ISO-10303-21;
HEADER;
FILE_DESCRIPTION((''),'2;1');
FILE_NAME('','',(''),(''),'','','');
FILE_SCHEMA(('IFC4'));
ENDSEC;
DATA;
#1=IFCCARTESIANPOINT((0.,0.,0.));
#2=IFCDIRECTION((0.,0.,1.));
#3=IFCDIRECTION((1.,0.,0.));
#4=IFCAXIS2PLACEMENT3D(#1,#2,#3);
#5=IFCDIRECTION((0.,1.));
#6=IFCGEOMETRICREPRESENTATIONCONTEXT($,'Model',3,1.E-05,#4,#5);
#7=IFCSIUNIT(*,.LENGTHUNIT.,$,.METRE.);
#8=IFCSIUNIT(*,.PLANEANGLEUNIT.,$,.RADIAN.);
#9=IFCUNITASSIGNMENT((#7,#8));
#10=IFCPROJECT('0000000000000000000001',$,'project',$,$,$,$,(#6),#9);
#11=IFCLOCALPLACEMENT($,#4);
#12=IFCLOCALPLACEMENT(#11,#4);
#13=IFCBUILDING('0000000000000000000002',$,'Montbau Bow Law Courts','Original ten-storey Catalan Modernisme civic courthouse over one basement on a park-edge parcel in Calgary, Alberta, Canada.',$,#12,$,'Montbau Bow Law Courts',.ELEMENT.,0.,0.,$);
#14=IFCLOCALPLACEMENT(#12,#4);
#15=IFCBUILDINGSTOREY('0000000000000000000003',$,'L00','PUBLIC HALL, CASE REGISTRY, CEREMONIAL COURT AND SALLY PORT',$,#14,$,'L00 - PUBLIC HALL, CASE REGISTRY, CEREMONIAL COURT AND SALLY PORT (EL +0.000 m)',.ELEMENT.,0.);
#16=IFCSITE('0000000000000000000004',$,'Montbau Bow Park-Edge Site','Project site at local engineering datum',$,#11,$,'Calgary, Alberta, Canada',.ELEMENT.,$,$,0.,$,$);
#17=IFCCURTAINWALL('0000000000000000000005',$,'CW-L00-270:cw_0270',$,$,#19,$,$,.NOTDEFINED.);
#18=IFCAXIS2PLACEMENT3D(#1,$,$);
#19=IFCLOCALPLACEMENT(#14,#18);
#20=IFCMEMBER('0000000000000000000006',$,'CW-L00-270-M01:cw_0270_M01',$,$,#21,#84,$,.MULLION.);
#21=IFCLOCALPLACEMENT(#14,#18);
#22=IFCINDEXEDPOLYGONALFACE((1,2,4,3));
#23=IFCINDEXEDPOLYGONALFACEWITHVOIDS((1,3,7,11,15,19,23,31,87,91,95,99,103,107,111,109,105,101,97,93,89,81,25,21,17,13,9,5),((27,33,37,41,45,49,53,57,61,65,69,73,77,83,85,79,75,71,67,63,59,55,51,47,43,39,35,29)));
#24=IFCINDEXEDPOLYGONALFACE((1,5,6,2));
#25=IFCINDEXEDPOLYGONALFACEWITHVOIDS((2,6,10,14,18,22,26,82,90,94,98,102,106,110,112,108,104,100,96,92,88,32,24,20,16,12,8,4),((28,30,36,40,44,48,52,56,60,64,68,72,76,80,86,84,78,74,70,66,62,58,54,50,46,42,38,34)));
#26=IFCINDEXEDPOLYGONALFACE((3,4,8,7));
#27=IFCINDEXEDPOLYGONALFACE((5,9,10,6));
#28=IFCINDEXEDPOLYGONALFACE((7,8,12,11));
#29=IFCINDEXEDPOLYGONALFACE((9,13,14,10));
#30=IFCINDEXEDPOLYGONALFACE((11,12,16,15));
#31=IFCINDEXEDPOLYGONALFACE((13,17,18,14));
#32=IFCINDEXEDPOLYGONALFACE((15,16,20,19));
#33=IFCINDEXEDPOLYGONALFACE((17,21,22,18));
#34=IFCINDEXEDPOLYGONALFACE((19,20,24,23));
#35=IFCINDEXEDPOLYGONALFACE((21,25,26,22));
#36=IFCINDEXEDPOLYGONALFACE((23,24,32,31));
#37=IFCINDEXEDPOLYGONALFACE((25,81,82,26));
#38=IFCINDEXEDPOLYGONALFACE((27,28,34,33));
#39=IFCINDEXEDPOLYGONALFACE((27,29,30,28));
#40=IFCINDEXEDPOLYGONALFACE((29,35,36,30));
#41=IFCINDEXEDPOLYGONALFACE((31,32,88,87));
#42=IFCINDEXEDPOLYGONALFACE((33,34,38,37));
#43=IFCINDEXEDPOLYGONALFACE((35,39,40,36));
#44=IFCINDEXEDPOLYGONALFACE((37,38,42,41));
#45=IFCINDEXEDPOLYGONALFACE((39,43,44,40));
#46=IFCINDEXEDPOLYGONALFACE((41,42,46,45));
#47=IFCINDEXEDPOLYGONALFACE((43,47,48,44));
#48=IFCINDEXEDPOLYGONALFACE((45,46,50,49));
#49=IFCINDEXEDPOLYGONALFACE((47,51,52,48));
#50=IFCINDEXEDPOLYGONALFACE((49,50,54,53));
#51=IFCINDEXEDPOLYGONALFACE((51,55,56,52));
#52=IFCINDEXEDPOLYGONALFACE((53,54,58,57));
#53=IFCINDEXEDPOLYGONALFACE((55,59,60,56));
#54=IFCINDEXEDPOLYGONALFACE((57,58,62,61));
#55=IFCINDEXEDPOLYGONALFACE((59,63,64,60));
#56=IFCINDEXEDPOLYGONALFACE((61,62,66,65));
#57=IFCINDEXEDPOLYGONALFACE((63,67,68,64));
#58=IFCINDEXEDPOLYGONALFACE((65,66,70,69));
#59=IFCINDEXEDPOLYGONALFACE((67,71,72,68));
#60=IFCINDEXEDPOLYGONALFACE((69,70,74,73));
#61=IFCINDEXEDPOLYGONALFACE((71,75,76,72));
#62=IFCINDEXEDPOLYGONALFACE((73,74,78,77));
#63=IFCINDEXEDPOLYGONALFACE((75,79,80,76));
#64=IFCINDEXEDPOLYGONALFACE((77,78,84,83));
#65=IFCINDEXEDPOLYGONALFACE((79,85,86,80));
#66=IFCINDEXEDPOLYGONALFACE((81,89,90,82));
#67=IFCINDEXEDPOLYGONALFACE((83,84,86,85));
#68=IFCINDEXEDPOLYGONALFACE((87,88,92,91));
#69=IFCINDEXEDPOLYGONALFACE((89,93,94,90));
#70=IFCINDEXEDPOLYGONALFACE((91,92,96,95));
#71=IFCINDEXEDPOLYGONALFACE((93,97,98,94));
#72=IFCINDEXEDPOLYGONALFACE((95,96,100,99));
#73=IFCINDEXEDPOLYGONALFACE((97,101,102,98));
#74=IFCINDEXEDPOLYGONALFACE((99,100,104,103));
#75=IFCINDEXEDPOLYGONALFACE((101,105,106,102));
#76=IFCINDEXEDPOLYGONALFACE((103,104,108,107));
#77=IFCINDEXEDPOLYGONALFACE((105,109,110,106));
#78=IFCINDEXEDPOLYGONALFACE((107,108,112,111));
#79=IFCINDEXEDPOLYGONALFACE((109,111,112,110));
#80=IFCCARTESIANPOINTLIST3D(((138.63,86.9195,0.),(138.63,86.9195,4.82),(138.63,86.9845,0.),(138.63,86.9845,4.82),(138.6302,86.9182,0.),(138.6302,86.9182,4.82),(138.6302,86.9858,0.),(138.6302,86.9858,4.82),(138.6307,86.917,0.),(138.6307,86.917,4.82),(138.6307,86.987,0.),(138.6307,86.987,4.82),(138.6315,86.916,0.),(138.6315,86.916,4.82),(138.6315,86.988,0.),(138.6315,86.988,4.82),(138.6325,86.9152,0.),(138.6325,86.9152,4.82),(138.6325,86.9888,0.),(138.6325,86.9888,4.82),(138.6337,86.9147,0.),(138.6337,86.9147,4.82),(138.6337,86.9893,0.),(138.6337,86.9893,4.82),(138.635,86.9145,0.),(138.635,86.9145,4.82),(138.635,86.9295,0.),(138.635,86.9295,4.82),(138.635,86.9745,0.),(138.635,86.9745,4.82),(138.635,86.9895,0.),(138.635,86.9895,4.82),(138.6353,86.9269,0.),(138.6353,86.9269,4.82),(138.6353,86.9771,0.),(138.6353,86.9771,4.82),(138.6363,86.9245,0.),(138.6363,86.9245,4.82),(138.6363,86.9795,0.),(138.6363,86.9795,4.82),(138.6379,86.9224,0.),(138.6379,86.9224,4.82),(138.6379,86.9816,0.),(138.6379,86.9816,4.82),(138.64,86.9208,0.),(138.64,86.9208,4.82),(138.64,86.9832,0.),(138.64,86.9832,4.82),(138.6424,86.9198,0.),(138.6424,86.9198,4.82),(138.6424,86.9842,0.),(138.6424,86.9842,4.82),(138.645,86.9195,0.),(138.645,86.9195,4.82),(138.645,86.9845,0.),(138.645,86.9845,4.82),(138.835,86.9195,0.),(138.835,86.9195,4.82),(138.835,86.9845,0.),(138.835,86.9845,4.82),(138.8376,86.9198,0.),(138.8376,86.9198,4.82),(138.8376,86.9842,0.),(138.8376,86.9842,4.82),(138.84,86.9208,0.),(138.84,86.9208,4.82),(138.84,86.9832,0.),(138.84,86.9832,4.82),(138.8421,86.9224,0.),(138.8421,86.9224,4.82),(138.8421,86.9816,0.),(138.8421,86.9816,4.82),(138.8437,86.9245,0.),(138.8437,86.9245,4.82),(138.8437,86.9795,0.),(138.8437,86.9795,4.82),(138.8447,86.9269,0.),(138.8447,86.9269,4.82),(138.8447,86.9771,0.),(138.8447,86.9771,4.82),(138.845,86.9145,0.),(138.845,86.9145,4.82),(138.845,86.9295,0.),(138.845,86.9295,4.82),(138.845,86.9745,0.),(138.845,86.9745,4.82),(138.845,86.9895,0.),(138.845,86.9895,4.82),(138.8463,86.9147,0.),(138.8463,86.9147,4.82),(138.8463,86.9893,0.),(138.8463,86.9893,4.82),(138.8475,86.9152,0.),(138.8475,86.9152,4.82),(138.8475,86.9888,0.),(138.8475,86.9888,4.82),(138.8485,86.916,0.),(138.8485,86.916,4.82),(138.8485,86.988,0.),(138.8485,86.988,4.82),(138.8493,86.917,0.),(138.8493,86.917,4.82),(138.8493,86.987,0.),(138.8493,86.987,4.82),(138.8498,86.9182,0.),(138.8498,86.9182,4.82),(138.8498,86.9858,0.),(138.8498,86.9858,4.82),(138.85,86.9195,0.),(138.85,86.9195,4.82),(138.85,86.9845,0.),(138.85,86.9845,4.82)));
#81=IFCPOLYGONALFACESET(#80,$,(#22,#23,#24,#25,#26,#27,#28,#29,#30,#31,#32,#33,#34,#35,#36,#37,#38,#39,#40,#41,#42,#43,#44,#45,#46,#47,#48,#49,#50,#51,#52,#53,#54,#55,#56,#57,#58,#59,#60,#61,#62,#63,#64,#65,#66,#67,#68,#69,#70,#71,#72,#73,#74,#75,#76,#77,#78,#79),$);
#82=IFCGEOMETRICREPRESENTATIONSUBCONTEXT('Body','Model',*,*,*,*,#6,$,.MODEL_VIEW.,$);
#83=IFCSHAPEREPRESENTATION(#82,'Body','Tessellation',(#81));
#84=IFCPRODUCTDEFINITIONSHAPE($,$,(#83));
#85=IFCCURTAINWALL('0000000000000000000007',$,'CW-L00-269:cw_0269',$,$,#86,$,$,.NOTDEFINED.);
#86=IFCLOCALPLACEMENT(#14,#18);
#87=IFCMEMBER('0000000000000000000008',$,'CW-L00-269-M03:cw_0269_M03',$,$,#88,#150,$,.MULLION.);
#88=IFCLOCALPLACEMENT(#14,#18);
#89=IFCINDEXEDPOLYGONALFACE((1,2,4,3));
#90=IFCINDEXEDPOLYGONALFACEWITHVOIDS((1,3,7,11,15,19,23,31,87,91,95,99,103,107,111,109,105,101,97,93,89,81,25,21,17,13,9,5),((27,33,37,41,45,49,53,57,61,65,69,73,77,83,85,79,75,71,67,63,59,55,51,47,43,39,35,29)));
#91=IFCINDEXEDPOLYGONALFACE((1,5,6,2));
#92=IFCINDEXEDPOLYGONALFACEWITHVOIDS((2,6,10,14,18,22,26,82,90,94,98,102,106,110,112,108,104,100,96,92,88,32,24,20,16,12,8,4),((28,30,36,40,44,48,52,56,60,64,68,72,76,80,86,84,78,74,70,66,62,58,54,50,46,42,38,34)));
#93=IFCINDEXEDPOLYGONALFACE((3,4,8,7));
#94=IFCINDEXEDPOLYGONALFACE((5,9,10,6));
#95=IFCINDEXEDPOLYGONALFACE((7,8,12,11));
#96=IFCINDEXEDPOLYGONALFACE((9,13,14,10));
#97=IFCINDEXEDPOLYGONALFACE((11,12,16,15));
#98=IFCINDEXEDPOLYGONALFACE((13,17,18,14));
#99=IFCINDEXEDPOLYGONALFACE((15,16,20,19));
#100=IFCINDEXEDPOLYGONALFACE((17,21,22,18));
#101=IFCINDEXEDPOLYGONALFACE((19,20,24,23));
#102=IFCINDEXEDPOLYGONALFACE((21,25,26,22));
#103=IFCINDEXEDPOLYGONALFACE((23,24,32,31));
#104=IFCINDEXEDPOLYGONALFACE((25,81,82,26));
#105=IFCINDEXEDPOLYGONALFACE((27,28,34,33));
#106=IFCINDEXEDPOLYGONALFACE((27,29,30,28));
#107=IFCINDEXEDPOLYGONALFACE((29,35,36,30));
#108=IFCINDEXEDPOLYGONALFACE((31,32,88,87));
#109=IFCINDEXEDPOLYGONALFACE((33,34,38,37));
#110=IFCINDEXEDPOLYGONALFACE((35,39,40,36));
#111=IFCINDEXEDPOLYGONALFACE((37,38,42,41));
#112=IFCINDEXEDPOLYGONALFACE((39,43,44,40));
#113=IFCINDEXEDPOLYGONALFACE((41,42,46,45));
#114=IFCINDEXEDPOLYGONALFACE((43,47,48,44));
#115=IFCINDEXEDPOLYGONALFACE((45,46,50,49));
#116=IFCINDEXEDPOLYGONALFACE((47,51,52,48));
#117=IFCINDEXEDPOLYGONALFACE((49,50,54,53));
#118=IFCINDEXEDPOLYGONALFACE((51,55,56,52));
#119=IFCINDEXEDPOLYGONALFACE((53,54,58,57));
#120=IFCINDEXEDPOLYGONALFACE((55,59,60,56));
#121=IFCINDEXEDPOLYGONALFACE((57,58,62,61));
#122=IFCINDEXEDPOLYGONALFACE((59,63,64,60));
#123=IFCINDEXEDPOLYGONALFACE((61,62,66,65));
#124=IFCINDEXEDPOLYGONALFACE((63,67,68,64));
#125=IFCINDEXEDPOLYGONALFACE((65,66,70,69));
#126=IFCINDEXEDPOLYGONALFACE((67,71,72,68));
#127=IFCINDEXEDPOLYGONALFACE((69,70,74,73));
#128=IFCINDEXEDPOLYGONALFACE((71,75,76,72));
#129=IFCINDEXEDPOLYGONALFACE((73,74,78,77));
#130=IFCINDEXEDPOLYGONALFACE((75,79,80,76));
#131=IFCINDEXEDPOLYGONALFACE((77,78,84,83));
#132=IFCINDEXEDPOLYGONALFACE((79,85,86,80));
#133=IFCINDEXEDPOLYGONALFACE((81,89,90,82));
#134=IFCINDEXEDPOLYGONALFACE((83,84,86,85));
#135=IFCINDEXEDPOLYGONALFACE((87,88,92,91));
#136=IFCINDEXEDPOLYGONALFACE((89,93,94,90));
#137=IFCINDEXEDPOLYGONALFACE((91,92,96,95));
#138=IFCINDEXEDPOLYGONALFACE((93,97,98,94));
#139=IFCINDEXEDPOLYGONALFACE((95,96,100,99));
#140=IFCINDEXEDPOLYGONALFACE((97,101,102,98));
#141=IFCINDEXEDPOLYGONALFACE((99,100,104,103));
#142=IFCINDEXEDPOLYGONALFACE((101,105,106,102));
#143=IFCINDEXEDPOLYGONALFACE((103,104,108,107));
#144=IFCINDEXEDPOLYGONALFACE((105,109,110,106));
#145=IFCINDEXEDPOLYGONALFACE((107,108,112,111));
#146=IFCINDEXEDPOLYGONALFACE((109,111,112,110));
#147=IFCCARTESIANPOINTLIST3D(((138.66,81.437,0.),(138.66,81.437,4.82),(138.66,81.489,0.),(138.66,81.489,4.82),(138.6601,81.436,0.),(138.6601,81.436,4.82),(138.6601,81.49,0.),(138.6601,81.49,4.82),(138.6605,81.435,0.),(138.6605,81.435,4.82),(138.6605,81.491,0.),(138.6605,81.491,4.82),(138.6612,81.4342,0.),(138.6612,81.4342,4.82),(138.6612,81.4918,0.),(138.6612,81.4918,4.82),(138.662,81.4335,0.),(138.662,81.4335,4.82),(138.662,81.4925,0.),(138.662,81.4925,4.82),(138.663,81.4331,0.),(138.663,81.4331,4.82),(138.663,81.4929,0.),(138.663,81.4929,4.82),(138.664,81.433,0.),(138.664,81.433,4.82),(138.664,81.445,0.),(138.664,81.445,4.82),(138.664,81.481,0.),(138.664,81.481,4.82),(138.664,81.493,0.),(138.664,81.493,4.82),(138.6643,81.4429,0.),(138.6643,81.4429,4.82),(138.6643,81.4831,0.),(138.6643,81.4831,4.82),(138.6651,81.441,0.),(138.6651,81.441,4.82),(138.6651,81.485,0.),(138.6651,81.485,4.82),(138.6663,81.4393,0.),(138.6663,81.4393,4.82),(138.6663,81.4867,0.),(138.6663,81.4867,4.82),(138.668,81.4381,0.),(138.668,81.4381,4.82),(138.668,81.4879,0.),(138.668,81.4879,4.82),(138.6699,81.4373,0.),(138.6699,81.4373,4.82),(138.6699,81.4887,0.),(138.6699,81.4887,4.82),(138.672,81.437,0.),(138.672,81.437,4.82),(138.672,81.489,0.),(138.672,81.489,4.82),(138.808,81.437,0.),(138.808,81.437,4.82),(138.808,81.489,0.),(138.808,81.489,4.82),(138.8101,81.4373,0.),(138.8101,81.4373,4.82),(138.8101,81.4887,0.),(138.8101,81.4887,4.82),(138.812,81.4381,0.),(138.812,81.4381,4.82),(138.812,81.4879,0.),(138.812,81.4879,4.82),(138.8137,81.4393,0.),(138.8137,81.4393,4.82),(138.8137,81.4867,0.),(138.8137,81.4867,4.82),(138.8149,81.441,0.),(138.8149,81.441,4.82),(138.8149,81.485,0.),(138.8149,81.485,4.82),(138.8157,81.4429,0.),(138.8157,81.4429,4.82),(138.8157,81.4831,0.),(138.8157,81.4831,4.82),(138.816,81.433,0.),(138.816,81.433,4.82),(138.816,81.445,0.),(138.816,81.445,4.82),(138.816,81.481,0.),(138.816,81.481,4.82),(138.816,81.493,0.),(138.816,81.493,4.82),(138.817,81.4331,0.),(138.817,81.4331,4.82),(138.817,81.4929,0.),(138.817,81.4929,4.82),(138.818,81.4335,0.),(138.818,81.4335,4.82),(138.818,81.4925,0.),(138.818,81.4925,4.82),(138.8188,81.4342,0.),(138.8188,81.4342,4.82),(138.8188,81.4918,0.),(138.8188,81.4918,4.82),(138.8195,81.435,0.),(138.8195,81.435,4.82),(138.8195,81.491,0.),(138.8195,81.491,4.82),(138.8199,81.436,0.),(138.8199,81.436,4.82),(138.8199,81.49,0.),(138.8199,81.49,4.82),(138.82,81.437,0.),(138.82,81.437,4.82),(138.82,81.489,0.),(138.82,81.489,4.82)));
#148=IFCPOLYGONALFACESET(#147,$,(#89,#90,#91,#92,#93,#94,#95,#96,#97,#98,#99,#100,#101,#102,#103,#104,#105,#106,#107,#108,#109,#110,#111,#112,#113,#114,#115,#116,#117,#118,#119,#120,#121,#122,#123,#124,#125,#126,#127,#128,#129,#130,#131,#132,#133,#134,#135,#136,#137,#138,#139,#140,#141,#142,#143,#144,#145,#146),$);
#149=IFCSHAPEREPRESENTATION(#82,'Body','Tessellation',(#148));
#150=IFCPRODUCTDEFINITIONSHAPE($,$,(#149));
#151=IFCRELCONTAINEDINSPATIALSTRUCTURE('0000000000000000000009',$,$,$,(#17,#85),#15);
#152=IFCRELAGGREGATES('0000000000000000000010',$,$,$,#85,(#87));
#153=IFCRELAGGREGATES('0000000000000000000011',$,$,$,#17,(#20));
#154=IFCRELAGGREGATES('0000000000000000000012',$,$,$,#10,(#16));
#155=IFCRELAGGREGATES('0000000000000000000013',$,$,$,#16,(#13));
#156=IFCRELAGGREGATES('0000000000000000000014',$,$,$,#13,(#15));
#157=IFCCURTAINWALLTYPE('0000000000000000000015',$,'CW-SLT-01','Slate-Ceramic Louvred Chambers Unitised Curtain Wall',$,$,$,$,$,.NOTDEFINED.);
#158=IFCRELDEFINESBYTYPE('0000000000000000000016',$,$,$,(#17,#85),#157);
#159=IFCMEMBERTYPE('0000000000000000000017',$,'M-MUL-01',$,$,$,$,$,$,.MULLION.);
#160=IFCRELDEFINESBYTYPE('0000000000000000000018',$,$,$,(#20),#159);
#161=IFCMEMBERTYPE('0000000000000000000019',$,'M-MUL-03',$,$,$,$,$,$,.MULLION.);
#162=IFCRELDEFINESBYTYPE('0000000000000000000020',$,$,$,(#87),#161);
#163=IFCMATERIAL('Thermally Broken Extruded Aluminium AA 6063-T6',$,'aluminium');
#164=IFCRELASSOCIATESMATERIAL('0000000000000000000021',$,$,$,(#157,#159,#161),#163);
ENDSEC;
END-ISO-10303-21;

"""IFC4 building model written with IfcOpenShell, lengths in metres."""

from ifc_helpers import new_model, si_unit, direction, frame, origin_with_axes, origin_2d_with_axis, place, context, subcontext, project, spatial, hollow_rectangle, extrude, material, material_profile, profile_set, type_object, element, aggregate, save


model = new_model("IFC4")

# Units and contexts
model_context = context("Model", 3, precision=1e-05, world=origin_with_axes(), true_north=direction((0.0, 1.0)))
body_context = subcontext(model_context, "Body", "Model", "MODEL_VIEW")
ifc_project = project(units=[si_unit("LENGTHUNIT", "METRE"), si_unit("PLANEANGLEUNIT", "RADIAN")], contexts=[model_context])

# Site, building, storey
site_placement = place(None, origin_with_axes())
site = spatial("IfcSite", under=ifc_project, at=site_placement, Name="Montbau Bow Park-Edge Site", Description="Project site at local engineering datum", LongName="Calgary, Alberta, Canada", CompositionType="ELEMENT", RefElevation=0.0)
building_placement = place(site_placement, origin_with_axes())
building = spatial("IfcBuilding", under=site, at=building_placement, Name="Montbau Bow Law Courts", Description="Original ten-storey Catalan Modernisme civic courthouse over one basement on a park-edge parcel in Calgary, Alberta, Canada.", LongName="Montbau Bow Law Courts", CompositionType="ELEMENT", ElevationOfRefHeight=0.0, ElevationOfTerrain=0.0)
storey_placement = place(building_placement, origin_with_axes())
storey = spatial("IfcBuildingStorey", under=building, at=storey_placement, Name="L00", Description="PUBLIC HALL, CASE REGISTRY, CEREMONIAL COURT AND SALLY PORT", LongName="L00 - PUBLIC HALL, CASE REGISTRY, CEREMONIAL COURT AND SALLY PORT (EL +0.000 m)", CompositionType="ELEMENT", Elevation=0.0)

# Curtain wall, member
ifc_material_1 = material(Name="Thermally Broken Extruded Aluminium AA 6063-T6", Category="aluminium")
curtain_wall_type = type_object("IfcCurtainWallType", Name="CW-SLT-01", Description="Slate-Ceramic Louvred Chambers Unitised Curtain Wall", PredefinedType="NOTDEFINED", material=ifc_material_1)
curtain_wall_1_placement = place(None, frame((138.74, 86.915, 0.0), z_axis=(0.0, 0.0, 1.0), x_axis=(1.0, 0.0, 0.0)))
curtain_wall_1 = element("IfcCurtainWall", 1, at=curtain_wall_1_placement, inside=storey, type_object=curtain_wall_type, Name="CW-L00-270:cw_0270", PredefinedType="NOTDEFINED")
ifc_material_profile_1 = material_profile(ifc_material_1, hollow_rectangle(XDim=0.075, YDim=0.22, WallThickness=0.005, InnerFilletRadius=0.01, OuterFilletRadius=0.005, at=origin_2d_with_axis()), Name="CWM-220X75", Category="Main", Priority=0)
ifc_profile_set_1 = profile_set([ifc_material_profile_1], Name="Thermally Broken Extruded Aluminium AA 6063-T6")
member_type_1 = type_object("IfcMemberType", Name="M-MUL-01", PredefinedType="MULLION", material=ifc_profile_set_1)
member_1_placement = place(None, frame((138.74, 86.952, 0.0), z_axis=(0.0, 0.0, 1.0), x_axis=(0.0, 1.0, 0.0)))
member_1 = element("IfcMember", 2, at=member_1_placement, type_object=member_type_1, Name="CW-L00-270-M01:cw_0270_M01", PredefinedType="MULLION", context=body_context, shape_type="SweptSolid", body=[
    extrude(hollow_rectangle(XDim=0.075, YDim=0.22, WallThickness=0.005, InnerFilletRadius=0.01, OuterFilletRadius=0.005, at=origin_2d_with_axis()), origin_with_axes(), (0.0, 0.0, 1.0), 4.82),
])

# Curtain wall, member
curtain_wall_2_placement = place(None, frame((138.74, 78.515, 0.0), z_axis=(0.0, 0.0, 1.0), x_axis=(1.0, 0.0, 0.0)))
curtain_wall_2 = element("IfcCurtainWall", 3, at=curtain_wall_2_placement, inside=storey, type_object=curtain_wall_type, Name="CW-L00-269:cw_0269", PredefinedType="NOTDEFINED")
ifc_material_profile_2 = material_profile(ifc_material_1, hollow_rectangle(XDim=0.06, YDim=0.16, WallThickness=0.004, InnerFilletRadius=0.008, OuterFilletRadius=0.004, at=origin_2d_with_axis()), Name="CWM-160X60", Category="Main", Priority=0)
ifc_profile_set_2 = profile_set([ifc_material_profile_2], Name="Thermally Broken Extruded Aluminium AA 6063-T6")
member_type_2 = type_object("IfcMemberType", Name="M-MUL-03", PredefinedType="MULLION", material=ifc_profile_set_2)
member_2_placement = place(None, frame((138.74, 81.463, 0.0), z_axis=(0.0, 0.0, 1.0), x_axis=(0.0, 1.0, 0.0)))
member_2 = element("IfcMember", 4, at=member_2_placement, type_object=member_type_2, Name="CW-L00-269-M03:cw_0269_M03", PredefinedType="MULLION", context=body_context, shape_type="SweptSolid", body=[
    extrude(hollow_rectangle(XDim=0.06, YDim=0.16, WallThickness=0.004, InnerFilletRadius=0.008, OuterFilletRadius=0.004, at=origin_2d_with_axis()), origin_with_axes(), (0.0, 0.0, 1.0), 4.82),
])

aggregate(curtain_wall_2, [member_2])
aggregate(curtain_wall_1, [member_1])

save(model, "model.ifc")
